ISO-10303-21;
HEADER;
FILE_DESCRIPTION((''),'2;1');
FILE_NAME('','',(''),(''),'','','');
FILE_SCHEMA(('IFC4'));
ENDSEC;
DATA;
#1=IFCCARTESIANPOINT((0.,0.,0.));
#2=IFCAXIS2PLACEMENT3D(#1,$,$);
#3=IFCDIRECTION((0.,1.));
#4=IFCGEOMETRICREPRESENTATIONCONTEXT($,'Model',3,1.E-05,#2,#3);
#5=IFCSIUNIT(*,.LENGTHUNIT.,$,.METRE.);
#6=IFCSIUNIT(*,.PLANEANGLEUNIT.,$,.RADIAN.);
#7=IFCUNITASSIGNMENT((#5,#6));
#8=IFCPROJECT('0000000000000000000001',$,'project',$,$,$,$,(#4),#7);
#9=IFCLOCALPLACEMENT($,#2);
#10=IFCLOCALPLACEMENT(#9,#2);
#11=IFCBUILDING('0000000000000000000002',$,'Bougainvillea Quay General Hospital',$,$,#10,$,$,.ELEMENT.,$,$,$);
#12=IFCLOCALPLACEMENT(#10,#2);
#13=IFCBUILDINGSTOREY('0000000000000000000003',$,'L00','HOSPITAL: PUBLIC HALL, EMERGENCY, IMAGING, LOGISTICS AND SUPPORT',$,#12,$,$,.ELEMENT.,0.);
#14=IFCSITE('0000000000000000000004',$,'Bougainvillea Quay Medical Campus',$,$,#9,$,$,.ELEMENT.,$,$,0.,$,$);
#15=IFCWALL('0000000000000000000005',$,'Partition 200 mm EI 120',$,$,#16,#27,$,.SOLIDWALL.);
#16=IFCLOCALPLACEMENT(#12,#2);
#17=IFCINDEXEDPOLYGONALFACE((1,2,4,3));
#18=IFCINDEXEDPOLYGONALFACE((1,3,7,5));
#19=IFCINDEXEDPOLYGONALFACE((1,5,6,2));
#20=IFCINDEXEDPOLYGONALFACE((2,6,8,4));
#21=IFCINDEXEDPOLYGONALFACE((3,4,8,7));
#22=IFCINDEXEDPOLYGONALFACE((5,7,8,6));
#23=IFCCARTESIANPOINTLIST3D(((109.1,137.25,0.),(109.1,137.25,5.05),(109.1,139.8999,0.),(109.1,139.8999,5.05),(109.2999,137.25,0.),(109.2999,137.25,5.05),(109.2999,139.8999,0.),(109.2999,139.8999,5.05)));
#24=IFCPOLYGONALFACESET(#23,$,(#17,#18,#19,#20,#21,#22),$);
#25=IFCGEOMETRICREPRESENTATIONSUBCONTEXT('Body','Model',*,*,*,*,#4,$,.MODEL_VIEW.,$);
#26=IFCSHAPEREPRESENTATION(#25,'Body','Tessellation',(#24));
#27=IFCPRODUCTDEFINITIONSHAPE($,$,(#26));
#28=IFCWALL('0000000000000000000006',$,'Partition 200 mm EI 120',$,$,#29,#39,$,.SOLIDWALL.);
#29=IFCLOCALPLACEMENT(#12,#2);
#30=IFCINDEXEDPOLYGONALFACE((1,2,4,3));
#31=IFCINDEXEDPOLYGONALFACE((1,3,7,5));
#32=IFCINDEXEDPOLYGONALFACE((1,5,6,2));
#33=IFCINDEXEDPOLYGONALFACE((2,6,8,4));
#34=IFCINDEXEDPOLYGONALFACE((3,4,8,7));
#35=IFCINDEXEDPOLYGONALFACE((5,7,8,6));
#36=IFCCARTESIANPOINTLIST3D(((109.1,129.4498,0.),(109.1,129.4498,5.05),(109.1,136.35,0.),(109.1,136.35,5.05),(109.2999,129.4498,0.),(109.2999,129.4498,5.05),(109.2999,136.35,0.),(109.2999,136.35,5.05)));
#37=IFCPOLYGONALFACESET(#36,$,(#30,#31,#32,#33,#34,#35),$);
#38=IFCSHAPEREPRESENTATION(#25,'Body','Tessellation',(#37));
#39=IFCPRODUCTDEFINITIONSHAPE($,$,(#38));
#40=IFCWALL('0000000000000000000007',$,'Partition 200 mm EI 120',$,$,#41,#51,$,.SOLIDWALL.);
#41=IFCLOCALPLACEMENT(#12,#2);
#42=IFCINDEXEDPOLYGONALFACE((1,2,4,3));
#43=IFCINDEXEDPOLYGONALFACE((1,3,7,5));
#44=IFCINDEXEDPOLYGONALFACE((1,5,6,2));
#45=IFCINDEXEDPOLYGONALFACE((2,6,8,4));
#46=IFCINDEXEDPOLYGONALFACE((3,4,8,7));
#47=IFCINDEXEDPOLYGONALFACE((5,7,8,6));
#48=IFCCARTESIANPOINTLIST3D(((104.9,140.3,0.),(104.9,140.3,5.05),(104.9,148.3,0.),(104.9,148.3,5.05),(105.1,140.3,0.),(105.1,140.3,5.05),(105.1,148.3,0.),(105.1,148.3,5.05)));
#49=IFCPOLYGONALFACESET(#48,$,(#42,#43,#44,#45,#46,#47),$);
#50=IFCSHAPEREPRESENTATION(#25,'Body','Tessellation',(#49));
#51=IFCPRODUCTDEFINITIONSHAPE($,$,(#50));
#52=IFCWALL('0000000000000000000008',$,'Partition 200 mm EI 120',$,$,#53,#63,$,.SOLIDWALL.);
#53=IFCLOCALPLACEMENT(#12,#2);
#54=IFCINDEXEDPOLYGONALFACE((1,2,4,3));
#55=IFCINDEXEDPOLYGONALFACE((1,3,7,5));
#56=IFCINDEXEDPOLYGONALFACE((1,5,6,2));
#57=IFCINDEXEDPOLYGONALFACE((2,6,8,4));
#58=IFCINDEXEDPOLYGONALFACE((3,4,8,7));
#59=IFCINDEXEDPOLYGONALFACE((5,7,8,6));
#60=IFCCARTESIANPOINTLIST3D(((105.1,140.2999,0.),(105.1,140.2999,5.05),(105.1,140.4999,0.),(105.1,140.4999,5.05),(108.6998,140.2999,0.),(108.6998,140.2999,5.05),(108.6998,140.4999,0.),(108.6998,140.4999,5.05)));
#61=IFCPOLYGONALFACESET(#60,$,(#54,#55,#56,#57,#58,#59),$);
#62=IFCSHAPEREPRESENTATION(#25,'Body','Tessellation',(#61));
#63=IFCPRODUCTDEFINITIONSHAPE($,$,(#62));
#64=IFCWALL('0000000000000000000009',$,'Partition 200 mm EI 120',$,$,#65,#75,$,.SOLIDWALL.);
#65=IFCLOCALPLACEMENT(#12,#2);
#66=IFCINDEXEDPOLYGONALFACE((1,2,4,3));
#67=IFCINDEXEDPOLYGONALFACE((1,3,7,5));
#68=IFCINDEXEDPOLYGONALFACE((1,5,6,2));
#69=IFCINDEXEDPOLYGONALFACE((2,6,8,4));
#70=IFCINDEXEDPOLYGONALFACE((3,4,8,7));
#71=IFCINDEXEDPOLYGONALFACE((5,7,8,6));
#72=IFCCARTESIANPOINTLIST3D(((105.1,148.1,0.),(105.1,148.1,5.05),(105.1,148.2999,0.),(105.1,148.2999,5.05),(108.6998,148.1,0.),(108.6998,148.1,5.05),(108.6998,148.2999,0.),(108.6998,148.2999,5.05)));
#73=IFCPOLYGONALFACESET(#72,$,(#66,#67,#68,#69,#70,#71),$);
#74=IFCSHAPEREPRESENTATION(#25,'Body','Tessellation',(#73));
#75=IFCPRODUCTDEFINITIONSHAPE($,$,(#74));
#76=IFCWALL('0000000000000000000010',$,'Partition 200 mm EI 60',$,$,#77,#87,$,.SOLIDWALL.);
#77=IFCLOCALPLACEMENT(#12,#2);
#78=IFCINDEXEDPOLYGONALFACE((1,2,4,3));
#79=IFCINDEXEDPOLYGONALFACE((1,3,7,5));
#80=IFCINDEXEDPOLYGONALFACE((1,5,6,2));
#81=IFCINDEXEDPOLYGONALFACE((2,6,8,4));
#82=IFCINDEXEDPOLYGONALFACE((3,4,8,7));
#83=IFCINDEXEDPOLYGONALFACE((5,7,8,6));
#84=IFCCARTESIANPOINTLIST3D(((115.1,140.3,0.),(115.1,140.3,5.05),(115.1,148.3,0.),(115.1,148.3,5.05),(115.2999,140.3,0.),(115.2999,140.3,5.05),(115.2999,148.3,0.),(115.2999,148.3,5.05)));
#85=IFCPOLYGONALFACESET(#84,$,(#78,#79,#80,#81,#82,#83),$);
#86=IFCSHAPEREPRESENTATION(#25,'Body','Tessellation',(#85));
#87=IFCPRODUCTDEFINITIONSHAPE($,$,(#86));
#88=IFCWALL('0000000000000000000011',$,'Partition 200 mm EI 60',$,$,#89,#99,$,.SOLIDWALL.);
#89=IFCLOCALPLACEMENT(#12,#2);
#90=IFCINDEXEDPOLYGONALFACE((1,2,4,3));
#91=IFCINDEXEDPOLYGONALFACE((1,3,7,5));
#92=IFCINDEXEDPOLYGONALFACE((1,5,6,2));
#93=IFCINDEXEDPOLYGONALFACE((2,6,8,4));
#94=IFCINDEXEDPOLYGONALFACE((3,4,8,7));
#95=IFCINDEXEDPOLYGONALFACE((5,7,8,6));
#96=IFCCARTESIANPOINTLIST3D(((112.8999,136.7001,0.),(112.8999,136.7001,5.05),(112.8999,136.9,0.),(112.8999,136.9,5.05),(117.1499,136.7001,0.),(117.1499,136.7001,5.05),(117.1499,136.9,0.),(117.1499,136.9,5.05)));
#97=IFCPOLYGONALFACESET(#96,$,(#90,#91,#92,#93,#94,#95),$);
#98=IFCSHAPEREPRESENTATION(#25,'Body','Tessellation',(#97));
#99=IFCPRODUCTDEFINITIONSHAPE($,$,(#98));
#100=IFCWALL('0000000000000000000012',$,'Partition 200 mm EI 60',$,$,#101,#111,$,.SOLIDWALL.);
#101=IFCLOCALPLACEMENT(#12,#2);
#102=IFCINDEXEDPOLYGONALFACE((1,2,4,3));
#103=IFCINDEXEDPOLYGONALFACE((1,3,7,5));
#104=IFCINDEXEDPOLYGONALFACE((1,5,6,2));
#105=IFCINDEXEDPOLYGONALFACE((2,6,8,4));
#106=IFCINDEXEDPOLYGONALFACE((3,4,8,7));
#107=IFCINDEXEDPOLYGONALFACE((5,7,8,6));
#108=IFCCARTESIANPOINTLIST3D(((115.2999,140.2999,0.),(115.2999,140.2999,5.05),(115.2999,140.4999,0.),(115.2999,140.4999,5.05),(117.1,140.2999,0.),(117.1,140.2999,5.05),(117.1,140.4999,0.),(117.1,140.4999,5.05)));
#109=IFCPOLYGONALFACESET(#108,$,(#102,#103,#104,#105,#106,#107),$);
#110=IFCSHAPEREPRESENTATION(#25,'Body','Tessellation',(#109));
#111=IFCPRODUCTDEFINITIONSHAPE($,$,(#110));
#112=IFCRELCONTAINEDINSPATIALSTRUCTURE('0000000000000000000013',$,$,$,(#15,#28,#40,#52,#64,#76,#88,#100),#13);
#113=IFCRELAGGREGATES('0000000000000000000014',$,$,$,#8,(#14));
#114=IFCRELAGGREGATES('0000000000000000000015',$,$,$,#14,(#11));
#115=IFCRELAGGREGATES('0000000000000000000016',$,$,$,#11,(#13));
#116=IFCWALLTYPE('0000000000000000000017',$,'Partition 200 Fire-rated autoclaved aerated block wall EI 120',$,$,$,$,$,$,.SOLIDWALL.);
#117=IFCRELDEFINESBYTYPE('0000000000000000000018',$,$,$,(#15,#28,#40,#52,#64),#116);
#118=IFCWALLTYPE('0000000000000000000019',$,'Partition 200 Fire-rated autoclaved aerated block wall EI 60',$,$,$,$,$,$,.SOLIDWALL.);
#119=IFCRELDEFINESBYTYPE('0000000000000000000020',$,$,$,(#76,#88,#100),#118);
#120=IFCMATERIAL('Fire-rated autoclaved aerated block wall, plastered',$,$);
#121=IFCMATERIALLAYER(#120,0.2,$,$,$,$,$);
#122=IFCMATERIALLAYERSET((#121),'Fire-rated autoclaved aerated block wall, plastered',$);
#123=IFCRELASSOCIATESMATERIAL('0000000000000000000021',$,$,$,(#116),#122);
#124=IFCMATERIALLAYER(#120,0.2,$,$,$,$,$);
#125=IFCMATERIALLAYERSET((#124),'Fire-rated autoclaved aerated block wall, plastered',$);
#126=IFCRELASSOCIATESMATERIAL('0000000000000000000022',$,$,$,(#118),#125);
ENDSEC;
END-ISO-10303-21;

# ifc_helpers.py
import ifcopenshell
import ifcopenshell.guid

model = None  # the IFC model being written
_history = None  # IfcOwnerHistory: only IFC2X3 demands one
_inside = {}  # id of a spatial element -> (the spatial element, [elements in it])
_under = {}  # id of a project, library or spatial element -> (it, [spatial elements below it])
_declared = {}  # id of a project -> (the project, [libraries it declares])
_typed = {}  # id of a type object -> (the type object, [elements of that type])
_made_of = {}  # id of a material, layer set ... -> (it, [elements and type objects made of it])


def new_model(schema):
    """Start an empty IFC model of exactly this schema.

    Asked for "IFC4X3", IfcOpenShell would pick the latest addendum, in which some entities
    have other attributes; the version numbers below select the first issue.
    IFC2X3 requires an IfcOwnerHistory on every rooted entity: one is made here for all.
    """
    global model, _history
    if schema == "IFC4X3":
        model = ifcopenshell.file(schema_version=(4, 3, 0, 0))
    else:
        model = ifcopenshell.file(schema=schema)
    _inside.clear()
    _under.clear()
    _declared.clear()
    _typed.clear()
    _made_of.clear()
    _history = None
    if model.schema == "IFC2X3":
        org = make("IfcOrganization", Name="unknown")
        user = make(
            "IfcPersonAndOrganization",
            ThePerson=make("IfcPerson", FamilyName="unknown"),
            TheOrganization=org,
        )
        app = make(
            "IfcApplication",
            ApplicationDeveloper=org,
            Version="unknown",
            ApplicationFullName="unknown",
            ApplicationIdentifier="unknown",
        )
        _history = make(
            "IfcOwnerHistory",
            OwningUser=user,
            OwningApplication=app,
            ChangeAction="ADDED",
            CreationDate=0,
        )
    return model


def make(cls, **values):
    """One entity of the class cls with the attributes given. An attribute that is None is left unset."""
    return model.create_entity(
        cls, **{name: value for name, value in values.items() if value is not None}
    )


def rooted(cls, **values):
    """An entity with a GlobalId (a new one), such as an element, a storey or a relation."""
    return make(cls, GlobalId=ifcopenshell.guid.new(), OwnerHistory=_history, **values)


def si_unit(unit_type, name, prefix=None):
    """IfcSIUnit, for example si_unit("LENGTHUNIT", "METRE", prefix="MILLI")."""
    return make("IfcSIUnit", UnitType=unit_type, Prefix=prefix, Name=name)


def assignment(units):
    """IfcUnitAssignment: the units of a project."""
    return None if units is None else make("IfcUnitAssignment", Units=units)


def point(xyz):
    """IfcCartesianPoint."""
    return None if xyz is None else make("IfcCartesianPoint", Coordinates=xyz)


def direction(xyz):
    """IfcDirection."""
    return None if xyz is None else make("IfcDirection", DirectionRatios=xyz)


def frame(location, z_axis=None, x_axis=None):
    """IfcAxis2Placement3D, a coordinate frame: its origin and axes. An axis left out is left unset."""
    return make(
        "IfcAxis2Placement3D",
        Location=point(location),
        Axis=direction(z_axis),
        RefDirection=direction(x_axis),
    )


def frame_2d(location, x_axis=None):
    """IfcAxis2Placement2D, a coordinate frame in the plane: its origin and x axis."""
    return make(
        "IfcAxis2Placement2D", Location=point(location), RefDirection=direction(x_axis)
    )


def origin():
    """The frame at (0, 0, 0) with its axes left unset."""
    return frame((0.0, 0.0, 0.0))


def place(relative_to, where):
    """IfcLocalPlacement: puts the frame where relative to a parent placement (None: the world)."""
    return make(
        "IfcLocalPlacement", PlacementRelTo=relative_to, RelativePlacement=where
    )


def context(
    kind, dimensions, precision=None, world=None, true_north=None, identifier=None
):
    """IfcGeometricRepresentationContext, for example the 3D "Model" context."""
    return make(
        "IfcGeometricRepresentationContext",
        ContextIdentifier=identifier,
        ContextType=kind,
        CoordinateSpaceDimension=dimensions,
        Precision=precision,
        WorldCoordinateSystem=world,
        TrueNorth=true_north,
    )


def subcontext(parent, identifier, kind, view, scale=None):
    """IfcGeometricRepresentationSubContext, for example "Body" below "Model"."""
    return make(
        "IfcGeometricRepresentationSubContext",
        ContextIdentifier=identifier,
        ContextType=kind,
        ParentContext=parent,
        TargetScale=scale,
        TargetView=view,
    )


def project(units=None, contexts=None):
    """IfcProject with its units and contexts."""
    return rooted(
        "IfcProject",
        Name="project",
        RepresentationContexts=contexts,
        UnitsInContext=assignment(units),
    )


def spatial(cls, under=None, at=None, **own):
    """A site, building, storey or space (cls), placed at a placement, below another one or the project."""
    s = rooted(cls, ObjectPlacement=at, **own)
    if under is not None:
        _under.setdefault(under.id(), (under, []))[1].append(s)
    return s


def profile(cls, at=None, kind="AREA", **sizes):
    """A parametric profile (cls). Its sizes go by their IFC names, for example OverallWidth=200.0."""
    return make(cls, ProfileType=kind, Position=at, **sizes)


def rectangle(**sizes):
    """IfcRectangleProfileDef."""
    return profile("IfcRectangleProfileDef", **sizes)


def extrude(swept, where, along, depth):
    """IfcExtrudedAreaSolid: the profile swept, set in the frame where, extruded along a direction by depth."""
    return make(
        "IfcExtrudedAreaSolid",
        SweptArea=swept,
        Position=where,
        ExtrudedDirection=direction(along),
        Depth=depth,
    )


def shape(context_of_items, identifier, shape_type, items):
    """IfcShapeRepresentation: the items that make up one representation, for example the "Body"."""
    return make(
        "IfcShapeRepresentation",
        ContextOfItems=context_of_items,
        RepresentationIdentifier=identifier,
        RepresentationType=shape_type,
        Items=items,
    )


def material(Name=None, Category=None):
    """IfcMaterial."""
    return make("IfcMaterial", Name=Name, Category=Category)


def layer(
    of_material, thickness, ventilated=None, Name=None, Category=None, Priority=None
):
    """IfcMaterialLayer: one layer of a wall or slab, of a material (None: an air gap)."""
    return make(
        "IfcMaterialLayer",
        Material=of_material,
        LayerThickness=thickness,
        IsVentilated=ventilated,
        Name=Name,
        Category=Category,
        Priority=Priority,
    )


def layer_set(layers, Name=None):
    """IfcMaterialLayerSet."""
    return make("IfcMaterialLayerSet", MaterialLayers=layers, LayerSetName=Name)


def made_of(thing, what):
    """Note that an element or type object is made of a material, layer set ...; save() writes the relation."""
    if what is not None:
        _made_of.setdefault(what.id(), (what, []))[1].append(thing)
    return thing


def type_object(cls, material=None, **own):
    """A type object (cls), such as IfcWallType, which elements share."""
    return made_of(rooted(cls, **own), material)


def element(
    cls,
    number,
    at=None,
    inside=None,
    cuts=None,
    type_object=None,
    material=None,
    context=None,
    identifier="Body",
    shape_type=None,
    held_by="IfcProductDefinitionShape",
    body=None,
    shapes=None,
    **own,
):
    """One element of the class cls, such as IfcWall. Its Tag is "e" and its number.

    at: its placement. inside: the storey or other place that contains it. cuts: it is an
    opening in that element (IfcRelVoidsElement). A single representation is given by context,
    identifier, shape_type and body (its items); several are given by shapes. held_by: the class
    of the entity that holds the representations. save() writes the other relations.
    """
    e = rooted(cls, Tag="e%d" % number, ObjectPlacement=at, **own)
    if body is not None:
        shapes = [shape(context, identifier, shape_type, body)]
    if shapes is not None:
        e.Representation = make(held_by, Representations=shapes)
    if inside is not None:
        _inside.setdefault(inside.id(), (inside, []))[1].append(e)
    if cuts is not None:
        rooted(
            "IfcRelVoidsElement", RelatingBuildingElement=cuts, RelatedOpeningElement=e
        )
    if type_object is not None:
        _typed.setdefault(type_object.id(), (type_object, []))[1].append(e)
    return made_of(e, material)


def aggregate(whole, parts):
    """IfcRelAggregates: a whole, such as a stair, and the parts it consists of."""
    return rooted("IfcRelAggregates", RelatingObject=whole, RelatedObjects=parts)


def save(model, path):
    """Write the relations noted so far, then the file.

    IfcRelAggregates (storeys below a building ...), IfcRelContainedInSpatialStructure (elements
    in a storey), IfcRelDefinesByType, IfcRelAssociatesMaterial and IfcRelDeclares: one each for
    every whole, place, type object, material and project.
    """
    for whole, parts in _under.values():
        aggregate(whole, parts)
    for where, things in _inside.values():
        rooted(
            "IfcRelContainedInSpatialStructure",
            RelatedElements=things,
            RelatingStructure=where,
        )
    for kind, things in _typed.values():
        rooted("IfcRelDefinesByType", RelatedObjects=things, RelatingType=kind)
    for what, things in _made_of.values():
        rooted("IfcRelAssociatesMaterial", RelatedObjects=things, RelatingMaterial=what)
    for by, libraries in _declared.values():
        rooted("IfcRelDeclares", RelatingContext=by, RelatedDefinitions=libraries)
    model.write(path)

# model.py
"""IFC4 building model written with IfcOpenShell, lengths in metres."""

from ifc_helpers import new_model, si_unit, direction, frame, frame_2d, origin, place, context, subcontext, project, spatial, rectangle, extrude, material, layer, layer_set, type_object, element, save


model = new_model("IFC4")

# Units and contexts
model_context = context("Model", 3, precision=1e-05, world=origin(), true_north=direction((0.0, 1.0)))
body_context = subcontext(model_context, "Body", "Model", "MODEL_VIEW")
ifc_project = project(units=[si_unit("LENGTHUNIT", "METRE"), si_unit("PLANEANGLEUNIT", "RADIAN")], contexts=[model_context])

# Site, building, storey
site_placement = place(None, origin())
site = spatial("IfcSite", under=ifc_project, at=site_placement, Name="Bougainvillea Quay Medical Campus", CompositionType="ELEMENT", RefElevation=0.0)
building_placement = place(site_placement, origin())
building = spatial("IfcBuilding", under=site, at=building_placement, Name="Bougainvillea Quay General Hospital", CompositionType="ELEMENT")
storey_placement = place(building_placement, origin())
storey = spatial("IfcBuildingStorey", under=building, at=storey_placement, Name="L00", Description="HOSPITAL: PUBLIC HALL, EMERGENCY, IMAGING, LOGISTICS AND SUPPORT", CompositionType="ELEMENT", Elevation=0.0)

# Walls
ifc_material_1 = material(Name="Fire-rated autoclaved aerated block wall, plastered")
ifc_layer_1 = layer(ifc_material_1, 0.2)
ifc_layer_set_1 = layer_set([ifc_layer_1], Name="Fire-rated autoclaved aerated block wall, plastered")
wall_type_1 = type_object("IfcWallType", Name="Partition 200 Fire-rated autoclaved aerated block wall EI 120", PredefinedType="SOLIDWALL", material=ifc_layer_set_1)
wall_1_placement = place(storey_placement, frame((109.2, 139.8999, 0.0), z_axis=(0.0, 0.0, 1.0), x_axis=(0.0, -1.0, 0.0)))
element("IfcWall", 1, at=wall_1_placement, inside=storey, type_object=wall_type_1, Name="Partition 200 mm EI 120", PredefinedType="SOLIDWALL", context=body_context, shape_type="SweptSolid", body=[
    extrude(rectangle(XDim=2.6499, YDim=0.2, at=frame_2d((1.325, 0.0))), origin(), (0.0, 0.0, 1.0), 5.05),
])
wall_2_placement = place(storey_placement, frame((109.2, 136.3501, 0.0), z_axis=(0.0, 0.0, 1.0), x_axis=(0.0, -1.0, 0.0)))
element("IfcWall", 2, at=wall_2_placement, inside=storey, type_object=wall_type_1, Name="Partition 200 mm EI 120", PredefinedType="SOLIDWALL", context=body_context, shape_type="SweptSolid", body=[
    extrude(rectangle(XDim=6.9001, YDim=0.2, at=frame_2d((3.4502, 0.0))), origin(), (0.0, 0.0, 1.0), 5.05),
])
wall_3_placement = place(storey_placement, frame((105.0, 140.3, 0.0), z_axis=(0.0, 0.0, 1.0), x_axis=(0.0, 1.0, 0.0)))
element("IfcWall", 3, at=wall_3_placement, inside=storey, type_object=wall_type_1, Name="Partition 200 mm EI 120", PredefinedType="SOLIDWALL", context=body_context, shape_type="SweptSolid", body=[
    extrude(rectangle(XDim=8.0, YDim=0.2, at=frame_2d((4.0, 0.0))), origin(), (0.0, 0.0, 1.0), 5.05),
])
for number, where, z_axis, x_axis, name in (
    (4, (105.1001, 140.3999, 0.0), (0.0, 0.0, 1.0), (1.0, 0.0, 0.0), "Partition 200 mm EI 120"),
    (5, (105.1001, 148.2, 0.0), (0.0, 0.0, 1.0), (1.0, 0.0, 0.0), "Partition 200 mm EI 120"),
):
    element("IfcWall", number, at=place(storey_placement, frame(where, z_axis=z_axis, x_axis=x_axis)), inside=storey, type_object=wall_type_1, Name=name, PredefinedType="SOLIDWALL", context=body_context, shape_type="SweptSolid", body=[
        extrude(rectangle(XDim=3.5999, YDim=0.2, at=frame_2d((1.7998, 0.0))), origin(), (0.0, 0.0, 1.0), 5.05),
    ])
ifc_layer_2 = layer(ifc_material_1, 0.2)
ifc_layer_set_2 = layer_set([ifc_layer_2], Name="Fire-rated autoclaved aerated block wall, plastered")
wall_type_2 = type_object("IfcWallType", Name="Partition 200 Fire-rated autoclaved aerated block wall EI 60", PredefinedType="SOLIDWALL", material=ifc_layer_set_2)
wall_4_placement = place(storey_placement, frame((115.2, 140.3, 0.0), z_axis=(0.0, 0.0, 1.0), x_axis=(0.0, 1.0, 0.0)))
element("IfcWall", 6, at=wall_4_placement, inside=storey, type_object=wall_type_2, Name="Partition 200 mm EI 60", PredefinedType="SOLIDWALL", context=body_context, shape_type="SweptSolid", body=[
    extrude(rectangle(XDim=8.0, YDim=0.2, at=frame_2d((4.0, 0.0))), origin(), (0.0, 0.0, 1.0), 5.05),
])
wall_5_placement = place(storey_placement, frame((112.8999, 136.8, 0.0), z_axis=(0.0, 0.0, 1.0), x_axis=(1.0, 0.0, 0.0)))
element("IfcWall", 7, at=wall_5_placement, inside=storey, type_object=wall_type_2, Name="Partition 200 mm EI 60", PredefinedType="SOLIDWALL", context=body_context, shape_type="SweptSolid", body=[
    extrude(rectangle(XDim=4.25, YDim=0.2, at=frame_2d((2.125, 0.0))), origin(), (0.0, 0.0, 1.0), 5.05),
])
wall_6_placement = place(storey_placement, frame((115.3, 140.3999, 0.0), z_axis=(0.0, 0.0, 1.0), x_axis=(1.0, 0.0, 0.0)))
element("IfcWall", 8, at=wall_6_placement, inside=storey, type_object=wall_type_2, Name="Partition 200 mm EI 60", PredefinedType="SOLIDWALL", context=body_context, shape_type="SweptSolid", body=[
    extrude(rectangle(XDim=1.8, YDim=0.2, at=frame_2d((0.8999, 0.0))), origin(), (0.0, 0.0, 1.0), 5.05),
])

save(model, "model.ifc")
